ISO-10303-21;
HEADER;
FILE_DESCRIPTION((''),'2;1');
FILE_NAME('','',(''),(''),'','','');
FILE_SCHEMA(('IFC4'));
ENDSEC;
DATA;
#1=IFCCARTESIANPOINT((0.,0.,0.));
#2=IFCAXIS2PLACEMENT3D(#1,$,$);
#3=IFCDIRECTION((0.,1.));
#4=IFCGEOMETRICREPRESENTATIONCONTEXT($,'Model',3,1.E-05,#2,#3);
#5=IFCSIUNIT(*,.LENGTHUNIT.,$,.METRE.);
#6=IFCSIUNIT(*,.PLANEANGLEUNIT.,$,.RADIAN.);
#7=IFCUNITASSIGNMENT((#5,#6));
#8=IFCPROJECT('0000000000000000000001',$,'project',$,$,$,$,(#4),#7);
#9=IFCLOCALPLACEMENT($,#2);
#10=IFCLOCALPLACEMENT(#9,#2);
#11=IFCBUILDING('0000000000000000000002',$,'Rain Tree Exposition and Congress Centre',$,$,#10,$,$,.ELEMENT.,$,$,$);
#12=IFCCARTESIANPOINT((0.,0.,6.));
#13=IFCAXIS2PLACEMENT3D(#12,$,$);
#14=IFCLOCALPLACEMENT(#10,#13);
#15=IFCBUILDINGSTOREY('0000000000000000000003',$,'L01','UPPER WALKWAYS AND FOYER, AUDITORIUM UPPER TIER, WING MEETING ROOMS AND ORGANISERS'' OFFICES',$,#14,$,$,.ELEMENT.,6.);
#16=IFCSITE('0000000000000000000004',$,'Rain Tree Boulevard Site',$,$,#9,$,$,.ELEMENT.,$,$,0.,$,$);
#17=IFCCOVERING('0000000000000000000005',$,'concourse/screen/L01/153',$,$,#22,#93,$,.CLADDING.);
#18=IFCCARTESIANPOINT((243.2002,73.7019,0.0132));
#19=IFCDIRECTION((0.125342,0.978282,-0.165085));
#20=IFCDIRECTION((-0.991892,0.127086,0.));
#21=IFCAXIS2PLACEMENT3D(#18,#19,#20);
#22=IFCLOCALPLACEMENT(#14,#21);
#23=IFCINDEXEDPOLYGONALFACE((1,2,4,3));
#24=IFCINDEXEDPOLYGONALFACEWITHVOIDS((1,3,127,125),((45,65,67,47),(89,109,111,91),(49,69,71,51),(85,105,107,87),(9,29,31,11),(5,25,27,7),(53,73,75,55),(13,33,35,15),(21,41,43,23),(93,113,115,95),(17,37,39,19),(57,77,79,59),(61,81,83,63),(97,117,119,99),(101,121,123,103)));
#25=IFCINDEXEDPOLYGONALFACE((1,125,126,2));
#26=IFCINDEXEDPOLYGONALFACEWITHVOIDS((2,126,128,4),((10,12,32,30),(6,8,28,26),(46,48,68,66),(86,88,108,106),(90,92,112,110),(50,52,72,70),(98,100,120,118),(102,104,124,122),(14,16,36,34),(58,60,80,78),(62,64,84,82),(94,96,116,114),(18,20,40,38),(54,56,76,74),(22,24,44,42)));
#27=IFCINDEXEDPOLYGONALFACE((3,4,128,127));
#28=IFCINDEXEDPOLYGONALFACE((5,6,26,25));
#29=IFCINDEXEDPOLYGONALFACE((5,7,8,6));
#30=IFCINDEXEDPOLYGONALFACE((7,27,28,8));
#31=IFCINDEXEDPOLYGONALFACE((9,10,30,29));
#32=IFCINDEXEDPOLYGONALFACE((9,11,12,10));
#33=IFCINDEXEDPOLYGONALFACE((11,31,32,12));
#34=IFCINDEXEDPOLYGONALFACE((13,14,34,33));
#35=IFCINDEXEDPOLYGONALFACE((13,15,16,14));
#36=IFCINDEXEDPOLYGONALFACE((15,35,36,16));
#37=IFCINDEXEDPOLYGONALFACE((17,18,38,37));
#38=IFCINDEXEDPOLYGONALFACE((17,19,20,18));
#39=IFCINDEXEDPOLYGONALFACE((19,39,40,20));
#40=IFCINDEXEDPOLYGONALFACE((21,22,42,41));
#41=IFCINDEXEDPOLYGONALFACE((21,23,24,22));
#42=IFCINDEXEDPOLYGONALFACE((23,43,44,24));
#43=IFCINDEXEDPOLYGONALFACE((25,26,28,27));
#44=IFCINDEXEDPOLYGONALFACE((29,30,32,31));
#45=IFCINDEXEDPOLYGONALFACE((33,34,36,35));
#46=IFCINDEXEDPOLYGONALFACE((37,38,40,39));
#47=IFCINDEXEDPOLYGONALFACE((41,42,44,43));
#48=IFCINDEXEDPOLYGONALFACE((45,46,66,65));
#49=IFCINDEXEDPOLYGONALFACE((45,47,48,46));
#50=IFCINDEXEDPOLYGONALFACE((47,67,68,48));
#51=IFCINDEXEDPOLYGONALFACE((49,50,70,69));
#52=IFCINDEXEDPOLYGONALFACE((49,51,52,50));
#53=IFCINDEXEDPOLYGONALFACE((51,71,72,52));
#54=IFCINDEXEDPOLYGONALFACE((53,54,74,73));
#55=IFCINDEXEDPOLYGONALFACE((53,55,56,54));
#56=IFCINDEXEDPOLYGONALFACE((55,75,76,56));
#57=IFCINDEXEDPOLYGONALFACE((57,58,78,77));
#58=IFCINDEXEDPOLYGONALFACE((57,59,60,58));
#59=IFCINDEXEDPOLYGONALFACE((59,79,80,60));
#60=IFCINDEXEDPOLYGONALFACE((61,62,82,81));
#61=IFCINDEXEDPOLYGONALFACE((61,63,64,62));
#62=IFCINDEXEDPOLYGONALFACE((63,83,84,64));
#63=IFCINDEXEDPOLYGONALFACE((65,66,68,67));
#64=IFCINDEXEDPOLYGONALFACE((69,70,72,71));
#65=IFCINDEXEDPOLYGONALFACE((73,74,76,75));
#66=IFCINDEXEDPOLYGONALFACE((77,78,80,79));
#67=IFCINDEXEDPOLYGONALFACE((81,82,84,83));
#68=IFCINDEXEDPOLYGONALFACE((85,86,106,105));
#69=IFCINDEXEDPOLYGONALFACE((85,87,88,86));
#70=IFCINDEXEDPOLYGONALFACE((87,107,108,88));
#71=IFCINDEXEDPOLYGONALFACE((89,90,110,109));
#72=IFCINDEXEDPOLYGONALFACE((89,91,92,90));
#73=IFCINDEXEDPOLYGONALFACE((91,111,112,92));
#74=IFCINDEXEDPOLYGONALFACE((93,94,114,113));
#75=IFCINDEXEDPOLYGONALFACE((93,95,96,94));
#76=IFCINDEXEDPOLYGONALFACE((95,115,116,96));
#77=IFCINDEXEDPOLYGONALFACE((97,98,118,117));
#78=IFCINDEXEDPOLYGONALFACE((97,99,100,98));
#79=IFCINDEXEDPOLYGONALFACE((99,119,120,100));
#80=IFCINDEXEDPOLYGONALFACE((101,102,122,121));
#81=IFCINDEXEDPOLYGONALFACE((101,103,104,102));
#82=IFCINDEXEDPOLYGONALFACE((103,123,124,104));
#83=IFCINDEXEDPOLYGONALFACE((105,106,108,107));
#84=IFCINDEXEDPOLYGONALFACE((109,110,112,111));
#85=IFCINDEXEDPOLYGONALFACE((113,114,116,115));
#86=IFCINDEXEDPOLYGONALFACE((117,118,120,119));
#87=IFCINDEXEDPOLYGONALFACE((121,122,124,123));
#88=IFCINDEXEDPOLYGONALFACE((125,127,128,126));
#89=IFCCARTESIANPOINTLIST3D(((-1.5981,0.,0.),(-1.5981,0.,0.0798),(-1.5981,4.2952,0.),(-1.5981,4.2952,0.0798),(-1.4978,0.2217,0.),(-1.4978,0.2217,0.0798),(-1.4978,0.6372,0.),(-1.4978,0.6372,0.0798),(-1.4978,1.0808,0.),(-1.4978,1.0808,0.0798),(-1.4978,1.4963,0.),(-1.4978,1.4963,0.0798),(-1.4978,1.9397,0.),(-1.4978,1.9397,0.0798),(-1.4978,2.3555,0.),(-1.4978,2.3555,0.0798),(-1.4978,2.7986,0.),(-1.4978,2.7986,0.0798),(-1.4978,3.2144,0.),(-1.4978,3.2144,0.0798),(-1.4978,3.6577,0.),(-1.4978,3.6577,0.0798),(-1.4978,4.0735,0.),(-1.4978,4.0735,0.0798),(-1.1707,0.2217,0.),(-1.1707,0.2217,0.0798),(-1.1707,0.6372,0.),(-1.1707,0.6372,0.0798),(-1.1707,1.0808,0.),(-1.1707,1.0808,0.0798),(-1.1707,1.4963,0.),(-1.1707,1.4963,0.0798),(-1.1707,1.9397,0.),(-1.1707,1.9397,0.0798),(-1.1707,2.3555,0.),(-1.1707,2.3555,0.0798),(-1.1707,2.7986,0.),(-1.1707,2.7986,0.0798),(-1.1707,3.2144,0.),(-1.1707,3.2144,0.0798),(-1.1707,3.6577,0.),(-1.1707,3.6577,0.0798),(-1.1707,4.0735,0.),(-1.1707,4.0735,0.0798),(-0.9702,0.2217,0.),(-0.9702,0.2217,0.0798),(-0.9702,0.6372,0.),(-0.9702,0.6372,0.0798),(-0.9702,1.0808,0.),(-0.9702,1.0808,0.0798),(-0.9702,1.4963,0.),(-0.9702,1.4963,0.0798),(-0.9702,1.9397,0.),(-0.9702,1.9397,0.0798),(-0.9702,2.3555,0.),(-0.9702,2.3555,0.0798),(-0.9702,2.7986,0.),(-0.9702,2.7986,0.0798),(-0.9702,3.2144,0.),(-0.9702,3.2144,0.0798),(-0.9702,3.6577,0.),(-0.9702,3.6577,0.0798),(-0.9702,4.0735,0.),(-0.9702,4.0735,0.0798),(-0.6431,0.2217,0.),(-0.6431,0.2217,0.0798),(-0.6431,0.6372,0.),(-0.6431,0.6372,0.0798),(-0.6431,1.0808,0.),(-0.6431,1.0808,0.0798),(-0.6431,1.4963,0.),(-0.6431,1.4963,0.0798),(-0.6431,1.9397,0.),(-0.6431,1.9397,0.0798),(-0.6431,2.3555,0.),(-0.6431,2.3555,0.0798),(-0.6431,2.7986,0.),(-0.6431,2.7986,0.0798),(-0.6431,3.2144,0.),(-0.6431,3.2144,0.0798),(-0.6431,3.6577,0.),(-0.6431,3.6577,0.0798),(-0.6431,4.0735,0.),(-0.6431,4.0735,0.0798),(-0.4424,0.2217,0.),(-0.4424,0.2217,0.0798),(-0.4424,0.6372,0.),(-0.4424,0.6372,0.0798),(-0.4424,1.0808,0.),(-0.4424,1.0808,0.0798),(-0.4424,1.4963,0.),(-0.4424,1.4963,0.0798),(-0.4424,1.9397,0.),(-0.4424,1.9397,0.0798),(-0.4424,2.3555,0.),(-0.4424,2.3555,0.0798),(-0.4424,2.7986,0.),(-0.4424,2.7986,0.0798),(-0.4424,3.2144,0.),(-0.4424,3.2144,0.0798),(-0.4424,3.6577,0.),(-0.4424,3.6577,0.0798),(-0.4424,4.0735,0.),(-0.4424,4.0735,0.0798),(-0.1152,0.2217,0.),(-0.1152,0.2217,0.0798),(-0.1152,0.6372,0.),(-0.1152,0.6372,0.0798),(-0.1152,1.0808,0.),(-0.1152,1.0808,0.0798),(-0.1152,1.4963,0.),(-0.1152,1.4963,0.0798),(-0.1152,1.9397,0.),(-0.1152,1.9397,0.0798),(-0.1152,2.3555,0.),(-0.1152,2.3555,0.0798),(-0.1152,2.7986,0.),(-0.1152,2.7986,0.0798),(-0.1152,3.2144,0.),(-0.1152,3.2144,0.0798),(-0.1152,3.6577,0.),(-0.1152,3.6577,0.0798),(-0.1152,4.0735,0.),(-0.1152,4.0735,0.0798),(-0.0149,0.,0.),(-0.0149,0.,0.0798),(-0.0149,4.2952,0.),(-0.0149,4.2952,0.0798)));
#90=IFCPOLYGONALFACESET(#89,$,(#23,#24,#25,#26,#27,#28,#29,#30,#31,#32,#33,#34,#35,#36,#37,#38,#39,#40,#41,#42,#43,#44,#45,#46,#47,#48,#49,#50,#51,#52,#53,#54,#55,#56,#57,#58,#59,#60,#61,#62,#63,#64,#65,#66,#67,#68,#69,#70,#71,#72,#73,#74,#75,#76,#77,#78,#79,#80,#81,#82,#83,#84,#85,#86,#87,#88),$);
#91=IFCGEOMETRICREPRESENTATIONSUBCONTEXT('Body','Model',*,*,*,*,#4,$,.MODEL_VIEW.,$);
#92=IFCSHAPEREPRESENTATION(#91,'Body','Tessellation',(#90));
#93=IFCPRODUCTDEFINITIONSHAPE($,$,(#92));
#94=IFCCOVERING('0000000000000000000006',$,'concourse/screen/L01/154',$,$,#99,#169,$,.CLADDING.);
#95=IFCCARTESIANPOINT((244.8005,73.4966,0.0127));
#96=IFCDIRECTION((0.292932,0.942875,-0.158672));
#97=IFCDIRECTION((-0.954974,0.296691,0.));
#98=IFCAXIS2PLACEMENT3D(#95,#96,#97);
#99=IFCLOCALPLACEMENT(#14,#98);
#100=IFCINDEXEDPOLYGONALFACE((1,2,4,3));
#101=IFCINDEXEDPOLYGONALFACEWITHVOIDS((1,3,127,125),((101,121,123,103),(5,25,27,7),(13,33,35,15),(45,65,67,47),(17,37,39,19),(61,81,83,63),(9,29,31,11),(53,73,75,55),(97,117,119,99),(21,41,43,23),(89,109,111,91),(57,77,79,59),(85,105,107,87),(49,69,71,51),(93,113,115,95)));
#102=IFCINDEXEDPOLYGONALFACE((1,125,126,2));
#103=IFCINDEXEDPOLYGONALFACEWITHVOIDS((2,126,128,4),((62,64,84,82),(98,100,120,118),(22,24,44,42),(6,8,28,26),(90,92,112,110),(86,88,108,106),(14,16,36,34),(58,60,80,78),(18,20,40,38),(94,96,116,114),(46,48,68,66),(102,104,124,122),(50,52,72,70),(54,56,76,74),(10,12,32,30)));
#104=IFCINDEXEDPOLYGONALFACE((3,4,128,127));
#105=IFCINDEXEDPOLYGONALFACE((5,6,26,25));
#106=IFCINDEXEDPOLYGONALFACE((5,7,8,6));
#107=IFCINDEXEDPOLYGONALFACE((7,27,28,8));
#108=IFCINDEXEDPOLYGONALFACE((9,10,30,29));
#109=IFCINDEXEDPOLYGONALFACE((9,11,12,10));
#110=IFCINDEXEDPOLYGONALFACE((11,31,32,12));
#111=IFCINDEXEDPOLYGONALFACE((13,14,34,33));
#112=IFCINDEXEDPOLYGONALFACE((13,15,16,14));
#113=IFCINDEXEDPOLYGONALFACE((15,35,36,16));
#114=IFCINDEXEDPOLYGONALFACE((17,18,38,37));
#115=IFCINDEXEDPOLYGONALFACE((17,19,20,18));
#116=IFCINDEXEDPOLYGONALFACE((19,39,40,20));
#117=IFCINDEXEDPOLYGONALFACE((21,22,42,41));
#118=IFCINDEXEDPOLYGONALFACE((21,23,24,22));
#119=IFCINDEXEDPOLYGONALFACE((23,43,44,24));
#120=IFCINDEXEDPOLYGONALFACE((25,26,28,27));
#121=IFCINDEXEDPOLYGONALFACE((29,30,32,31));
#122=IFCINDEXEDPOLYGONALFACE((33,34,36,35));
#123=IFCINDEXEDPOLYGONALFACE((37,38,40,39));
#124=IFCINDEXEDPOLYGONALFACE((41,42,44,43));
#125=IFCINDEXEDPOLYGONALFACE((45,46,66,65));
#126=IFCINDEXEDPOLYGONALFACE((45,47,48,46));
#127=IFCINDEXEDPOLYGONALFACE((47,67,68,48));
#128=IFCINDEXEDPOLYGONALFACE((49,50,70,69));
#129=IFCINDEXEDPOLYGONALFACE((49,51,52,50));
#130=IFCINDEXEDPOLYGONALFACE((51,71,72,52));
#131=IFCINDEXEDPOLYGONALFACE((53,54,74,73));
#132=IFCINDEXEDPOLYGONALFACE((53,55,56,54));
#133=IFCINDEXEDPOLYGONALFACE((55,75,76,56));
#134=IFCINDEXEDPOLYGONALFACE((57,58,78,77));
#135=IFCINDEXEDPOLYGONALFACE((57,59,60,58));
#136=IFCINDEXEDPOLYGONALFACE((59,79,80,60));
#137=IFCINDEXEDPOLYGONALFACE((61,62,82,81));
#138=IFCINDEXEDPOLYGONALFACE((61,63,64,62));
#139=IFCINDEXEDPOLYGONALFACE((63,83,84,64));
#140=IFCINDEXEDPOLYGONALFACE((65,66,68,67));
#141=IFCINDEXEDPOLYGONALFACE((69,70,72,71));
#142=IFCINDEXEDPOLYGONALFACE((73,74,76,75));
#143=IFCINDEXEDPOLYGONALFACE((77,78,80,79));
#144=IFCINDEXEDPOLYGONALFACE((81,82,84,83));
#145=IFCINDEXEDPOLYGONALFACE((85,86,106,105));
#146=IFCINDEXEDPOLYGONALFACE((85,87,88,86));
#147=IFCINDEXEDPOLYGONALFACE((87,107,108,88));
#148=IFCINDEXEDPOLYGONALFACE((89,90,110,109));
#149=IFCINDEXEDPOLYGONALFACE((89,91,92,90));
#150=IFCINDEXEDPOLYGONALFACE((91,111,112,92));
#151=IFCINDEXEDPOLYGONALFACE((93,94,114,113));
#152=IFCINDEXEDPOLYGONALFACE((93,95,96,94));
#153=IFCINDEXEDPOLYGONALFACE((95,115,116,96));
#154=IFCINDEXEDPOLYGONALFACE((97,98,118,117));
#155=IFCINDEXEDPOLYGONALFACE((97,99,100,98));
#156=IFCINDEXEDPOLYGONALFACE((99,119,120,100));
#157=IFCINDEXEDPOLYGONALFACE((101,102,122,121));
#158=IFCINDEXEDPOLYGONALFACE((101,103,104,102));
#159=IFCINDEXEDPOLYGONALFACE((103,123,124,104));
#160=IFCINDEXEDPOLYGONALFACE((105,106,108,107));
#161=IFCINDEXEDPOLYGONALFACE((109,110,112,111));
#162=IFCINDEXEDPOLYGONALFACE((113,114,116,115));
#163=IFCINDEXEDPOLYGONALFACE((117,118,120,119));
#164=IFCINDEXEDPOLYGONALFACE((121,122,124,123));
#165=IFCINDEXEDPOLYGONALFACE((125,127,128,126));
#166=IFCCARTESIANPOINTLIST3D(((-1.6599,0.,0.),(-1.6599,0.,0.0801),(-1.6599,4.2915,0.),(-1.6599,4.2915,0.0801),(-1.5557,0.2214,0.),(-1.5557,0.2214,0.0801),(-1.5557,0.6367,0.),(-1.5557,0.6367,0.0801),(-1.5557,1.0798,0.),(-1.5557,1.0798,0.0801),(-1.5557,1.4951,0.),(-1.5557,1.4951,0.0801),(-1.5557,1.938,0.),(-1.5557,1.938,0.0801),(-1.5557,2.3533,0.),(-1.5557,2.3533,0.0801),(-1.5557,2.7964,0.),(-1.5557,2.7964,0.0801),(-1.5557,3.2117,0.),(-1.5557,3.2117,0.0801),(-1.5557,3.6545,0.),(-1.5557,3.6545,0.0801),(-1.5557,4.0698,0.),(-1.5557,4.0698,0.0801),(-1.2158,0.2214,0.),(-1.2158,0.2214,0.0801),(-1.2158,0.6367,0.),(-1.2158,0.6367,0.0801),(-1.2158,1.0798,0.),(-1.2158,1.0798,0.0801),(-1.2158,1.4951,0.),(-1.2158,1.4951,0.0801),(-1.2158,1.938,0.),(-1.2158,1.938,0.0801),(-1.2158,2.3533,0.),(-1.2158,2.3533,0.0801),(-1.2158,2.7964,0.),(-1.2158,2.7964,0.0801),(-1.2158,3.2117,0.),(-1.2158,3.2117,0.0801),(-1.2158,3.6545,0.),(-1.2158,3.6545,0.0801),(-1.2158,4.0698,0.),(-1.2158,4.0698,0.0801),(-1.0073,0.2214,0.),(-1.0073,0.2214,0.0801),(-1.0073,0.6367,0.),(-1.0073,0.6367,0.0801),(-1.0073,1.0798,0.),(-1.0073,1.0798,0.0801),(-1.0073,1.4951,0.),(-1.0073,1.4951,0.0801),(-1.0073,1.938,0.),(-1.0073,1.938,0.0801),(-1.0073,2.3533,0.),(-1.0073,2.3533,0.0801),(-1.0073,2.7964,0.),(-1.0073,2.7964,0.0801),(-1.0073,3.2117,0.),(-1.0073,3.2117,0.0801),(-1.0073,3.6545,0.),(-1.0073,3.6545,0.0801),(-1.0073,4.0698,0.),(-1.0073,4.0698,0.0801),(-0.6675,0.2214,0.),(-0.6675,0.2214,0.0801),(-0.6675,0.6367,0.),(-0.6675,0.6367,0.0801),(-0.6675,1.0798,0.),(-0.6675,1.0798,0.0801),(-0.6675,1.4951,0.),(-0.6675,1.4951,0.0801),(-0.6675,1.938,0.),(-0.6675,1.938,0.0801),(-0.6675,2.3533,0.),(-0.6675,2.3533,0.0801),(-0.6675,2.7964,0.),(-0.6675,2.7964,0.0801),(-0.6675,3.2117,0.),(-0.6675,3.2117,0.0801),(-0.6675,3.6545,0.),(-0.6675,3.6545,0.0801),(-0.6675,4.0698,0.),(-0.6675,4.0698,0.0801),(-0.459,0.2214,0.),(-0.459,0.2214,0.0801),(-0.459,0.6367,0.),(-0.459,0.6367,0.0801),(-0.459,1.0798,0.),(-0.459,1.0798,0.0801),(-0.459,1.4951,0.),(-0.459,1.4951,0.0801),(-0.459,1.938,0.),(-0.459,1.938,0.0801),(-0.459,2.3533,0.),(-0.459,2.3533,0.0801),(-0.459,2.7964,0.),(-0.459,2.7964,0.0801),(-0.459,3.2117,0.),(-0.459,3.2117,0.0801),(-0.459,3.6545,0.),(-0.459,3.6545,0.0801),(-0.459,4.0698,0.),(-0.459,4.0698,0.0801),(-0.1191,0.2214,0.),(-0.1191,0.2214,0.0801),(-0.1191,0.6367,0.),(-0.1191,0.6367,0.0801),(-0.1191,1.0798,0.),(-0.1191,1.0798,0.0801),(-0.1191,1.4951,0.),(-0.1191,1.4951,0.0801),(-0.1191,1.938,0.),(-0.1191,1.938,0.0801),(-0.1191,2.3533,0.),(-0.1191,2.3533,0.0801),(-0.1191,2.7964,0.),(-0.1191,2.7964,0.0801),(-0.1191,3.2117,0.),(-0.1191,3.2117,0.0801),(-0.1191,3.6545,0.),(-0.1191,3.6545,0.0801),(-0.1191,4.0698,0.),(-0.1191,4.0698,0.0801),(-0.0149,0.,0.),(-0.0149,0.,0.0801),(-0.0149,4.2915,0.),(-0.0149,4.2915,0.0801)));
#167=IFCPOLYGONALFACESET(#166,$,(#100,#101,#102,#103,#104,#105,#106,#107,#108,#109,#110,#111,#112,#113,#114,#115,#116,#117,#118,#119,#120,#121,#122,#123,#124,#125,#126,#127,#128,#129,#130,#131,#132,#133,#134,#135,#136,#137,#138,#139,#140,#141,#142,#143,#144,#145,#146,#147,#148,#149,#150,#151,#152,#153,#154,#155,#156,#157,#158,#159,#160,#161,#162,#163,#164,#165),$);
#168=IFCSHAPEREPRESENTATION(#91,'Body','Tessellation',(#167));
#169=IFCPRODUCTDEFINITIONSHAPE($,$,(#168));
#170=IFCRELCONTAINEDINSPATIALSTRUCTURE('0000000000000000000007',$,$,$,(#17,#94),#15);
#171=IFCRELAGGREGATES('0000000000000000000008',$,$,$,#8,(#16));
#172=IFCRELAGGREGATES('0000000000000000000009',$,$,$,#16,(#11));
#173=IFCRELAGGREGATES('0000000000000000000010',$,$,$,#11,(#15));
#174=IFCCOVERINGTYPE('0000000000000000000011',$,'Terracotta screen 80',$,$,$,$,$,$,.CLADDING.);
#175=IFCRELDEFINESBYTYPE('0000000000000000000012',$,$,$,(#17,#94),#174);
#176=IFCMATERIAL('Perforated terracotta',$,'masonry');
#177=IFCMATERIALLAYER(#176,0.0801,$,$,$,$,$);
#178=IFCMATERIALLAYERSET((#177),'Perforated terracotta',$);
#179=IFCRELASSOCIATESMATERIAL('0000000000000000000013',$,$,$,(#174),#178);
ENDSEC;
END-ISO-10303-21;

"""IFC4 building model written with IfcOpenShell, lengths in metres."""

from ifc_helpers import new_model, si_unit, direction, frame, origin, place, context, subcontext, project, spatial, polyline, outline, extrude, material, layer, layer_set, type_object, element, save


model = new_model("IFC4")

# Units and contexts
model_context = context("Model", 3, precision=1e-05, world=origin(), true_north=direction((0.0, 1.0)))
body_context = subcontext(model_context, "Body", "Model", "MODEL_VIEW")
ifc_project = project(units=[si_unit("LENGTHUNIT", "METRE"), si_unit("PLANEANGLEUNIT", "RADIAN")], contexts=[model_context])

# Site, building, storey
site_placement = place(None, origin())
site = spatial("IfcSite", under=ifc_project, at=site_placement, Name="Rain Tree Boulevard Site", CompositionType="ELEMENT", RefElevation=0.0)
building_placement = place(site_placement, origin())
building = spatial("IfcBuilding", under=site, at=building_placement, Name="Rain Tree Exposition and Congress Centre", CompositionType="ELEMENT")
storey_placement = place(building_placement, frame((0.0, 0.0, 6.0)))
storey = spatial("IfcBuildingStorey", under=building, at=storey_placement, Name="L01", Description="UPPER WALKWAYS AND FOYER, AUDITORIUM UPPER TIER, WING MEETING ROOMS AND ORGANISERS' OFFICES", CompositionType="ELEMENT", Elevation=6.0)

# Coverings
ifc_material_1 = material(Name="Perforated terracotta", Category="masonry")
ifc_layer_1 = layer(ifc_material_1, 0.0801)
ifc_layer_set_1 = layer_set([ifc_layer_1], Name="Perforated terracotta")
covering_type = type_object("IfcCoveringType", Name="Terracotta screen 80", PredefinedType="CLADDING", material=ifc_layer_set_1)
covering_1_placement = place(storey_placement, frame((243.2002, 73.7019, 0.0132), z_axis=(0.125342, 0.978282, -0.165085), x_axis=(-0.991892, 0.127086, 0.0)))
element("IfcCovering", 1, at=covering_1_placement, inside=storey, type_object=covering_type, Name="concourse/screen/L01/153", PredefinedType="CLADDING", context=body_context, shape_type="SweptSolid", body=[
    extrude(outline(polyline([(-1.5981, 0.0), (-1.5981, 4.2952), (-0.0149, 4.2952), (-0.0149, 0.0), (-1.5981, 0.0)]), holes=[polyline([(-0.1152, 0.2217), (-0.1152, 0.6372), (-0.4424, 0.6372), (-0.4424, 0.2217), (-0.1152, 0.2217)]), polyline([(-0.1152, 1.0808), (-0.1152, 1.4963), (-0.4424, 1.4963), (-0.4424, 1.0808), (-0.1152, 1.0808)]), polyline([(-0.1152, 1.9397), (-0.1152, 2.3555), (-0.4424, 2.3555), (-0.4424, 1.9397), (-0.1152, 1.9397)]), polyline([(-0.1152, 2.7986), (-0.1152, 3.2144), (-0.4424, 3.2144), (-0.4424, 2.7986), (-0.1152, 2.7986)]), polyline([(-0.1152, 3.6577), (-0.1152, 4.0735), (-0.4424, 4.0735), (-0.4424, 3.6577), (-0.1152, 3.6577)]), polyline([(-0.6431, 0.2217), (-0.6431, 0.6372), (-0.9702, 0.6372), (-0.9702, 0.2217), (-0.6431, 0.2217)]), polyline([(-0.6431, 1.0808), (-0.6431, 1.4963), (-0.9702, 1.4963), (-0.9702, 1.0808), (-0.6431, 1.0808)]), polyline([(-0.6431, 1.9397), (-0.6431, 2.3555), (-0.9702, 2.3555), (-0.9702, 1.9397), (-0.6431, 1.9397)]), polyline([(-0.6431, 2.7986), (-0.6431, 3.2144), (-0.9702, 3.2144), (-0.9702, 2.7986), (-0.6431, 2.7986)]), polyline([(-0.6431, 3.6577), (-0.6431, 4.0735), (-0.9702, 4.0735), (-0.9702, 3.6577), (-0.6431, 3.6577)]), polyline([(-1.1707, 0.2217), (-1.1707, 0.6372), (-1.4978, 0.6372), (-1.4978, 0.2217), (-1.1707, 0.2217)]), polyline([(-1.1707, 1.0808), (-1.1707, 1.4963), (-1.4978, 1.4963), (-1.4978, 1.0808), (-1.1707, 1.0808)]), polyline([(-1.1707, 1.9397), (-1.1707, 2.3555), (-1.4978, 2.3555), (-1.4978, 1.9397), (-1.1707, 1.9397)]), polyline([(-1.1707, 2.7986), (-1.1707, 3.2144), (-1.4978, 3.2144), (-1.4978, 2.7986), (-1.1707, 2.7986)]), polyline([(-1.1707, 3.6577), (-1.1707, 4.0735), (-1.4978, 4.0735), (-1.4978, 3.6577), (-1.1707, 3.6577)])]), origin(), (0.0, 0.0, 1.0), 0.0798),
])
covering_2_placement = place(storey_placement, frame((244.8005, 73.4966, 0.0127), z_axis=(0.292932, 0.942875, -0.158672), x_axis=(-0.954974, 0.296691, 0.0)))
element("IfcCovering", 2, at=covering_2_placement, inside=storey, type_object=covering_type, Name="concourse/screen/L01/154", PredefinedType="CLADDING", context=body_context, shape_type="SweptSolid", body=[
    extrude(outline(polyline([(-1.6599, 0.0), (-1.6599, 4.2915), (-0.0149, 4.2915), (-0.0149, 0.0), (-1.6599, 0.0)]), holes=[polyline([(-0.1191, 0.2214), (-0.1191, 0.6367), (-0.459, 0.6367), (-0.459, 0.2214), (-0.1191, 0.2214)]), polyline([(-0.1191, 1.0798), (-0.1191, 1.4951), (-0.459, 1.4951), (-0.459, 1.0798), (-0.1191, 1.0798)]), polyline([(-0.1191, 1.938), (-0.1191, 2.3533), (-0.459, 2.3533), (-0.459, 1.938), (-0.1191, 1.938)]), polyline([(-0.1191, 2.7964), (-0.1191, 3.2117), (-0.459, 3.2117), (-0.459, 2.7964), (-0.1191, 2.7964)]), polyline([(-0.1191, 3.6545), (-0.1191, 4.0698), (-0.459, 4.0698), (-0.459, 3.6545), (-0.1191, 3.6545)]), polyline([(-0.6675, 0.2214), (-0.6675, 0.6367), (-1.0073, 0.6367), (-1.0073, 0.2214), (-0.6675, 0.2214)]), polyline([(-0.6675, 1.0798), (-0.6675, 1.4951), (-1.0073, 1.4951), (-1.0073, 1.0798), (-0.6675, 1.0798)]), polyline([(-0.6675, 1.938), (-0.6675, 2.3533), (-1.0073, 2.3533), (-1.0073, 1.938), (-0.6675, 1.938)]), polyline([(-0.6675, 2.7964), (-0.6675, 3.2117), (-1.0073, 3.2117), (-1.0073, 2.7964), (-0.6675, 2.7964)]), polyline([(-0.6675, 3.6545), (-0.6675, 4.0698), (-1.0073, 4.0698), (-1.0073, 3.6545), (-0.6675, 3.6545)]), polyline([(-1.2158, 0.2214), (-1.2158, 0.6367), (-1.5557, 0.6367), (-1.5557, 0.2214), (-1.2158, 0.2214)]), polyline([(-1.2158, 1.0798), (-1.2158, 1.4951), (-1.5557, 1.4951), (-1.5557, 1.0798), (-1.2158, 1.0798)]), polyline([(-1.2158, 1.938), (-1.2158, 2.3533), (-1.5557, 2.3533), (-1.5557, 1.938), (-1.2158, 1.938)]), polyline([(-1.2158, 2.7964), (-1.2158, 3.2117), (-1.5557, 3.2117), (-1.5557, 2.7964), (-1.2158, 2.7964)]), polyline([(-1.2158, 3.6545), (-1.2158, 4.0698), (-1.5557, 4.0698), (-1.5557, 3.6545), (-1.2158, 3.6545)])]), origin(), (0.0, 0.0, 1.0), 0.0801),
])

save(model, "model.ifc")
